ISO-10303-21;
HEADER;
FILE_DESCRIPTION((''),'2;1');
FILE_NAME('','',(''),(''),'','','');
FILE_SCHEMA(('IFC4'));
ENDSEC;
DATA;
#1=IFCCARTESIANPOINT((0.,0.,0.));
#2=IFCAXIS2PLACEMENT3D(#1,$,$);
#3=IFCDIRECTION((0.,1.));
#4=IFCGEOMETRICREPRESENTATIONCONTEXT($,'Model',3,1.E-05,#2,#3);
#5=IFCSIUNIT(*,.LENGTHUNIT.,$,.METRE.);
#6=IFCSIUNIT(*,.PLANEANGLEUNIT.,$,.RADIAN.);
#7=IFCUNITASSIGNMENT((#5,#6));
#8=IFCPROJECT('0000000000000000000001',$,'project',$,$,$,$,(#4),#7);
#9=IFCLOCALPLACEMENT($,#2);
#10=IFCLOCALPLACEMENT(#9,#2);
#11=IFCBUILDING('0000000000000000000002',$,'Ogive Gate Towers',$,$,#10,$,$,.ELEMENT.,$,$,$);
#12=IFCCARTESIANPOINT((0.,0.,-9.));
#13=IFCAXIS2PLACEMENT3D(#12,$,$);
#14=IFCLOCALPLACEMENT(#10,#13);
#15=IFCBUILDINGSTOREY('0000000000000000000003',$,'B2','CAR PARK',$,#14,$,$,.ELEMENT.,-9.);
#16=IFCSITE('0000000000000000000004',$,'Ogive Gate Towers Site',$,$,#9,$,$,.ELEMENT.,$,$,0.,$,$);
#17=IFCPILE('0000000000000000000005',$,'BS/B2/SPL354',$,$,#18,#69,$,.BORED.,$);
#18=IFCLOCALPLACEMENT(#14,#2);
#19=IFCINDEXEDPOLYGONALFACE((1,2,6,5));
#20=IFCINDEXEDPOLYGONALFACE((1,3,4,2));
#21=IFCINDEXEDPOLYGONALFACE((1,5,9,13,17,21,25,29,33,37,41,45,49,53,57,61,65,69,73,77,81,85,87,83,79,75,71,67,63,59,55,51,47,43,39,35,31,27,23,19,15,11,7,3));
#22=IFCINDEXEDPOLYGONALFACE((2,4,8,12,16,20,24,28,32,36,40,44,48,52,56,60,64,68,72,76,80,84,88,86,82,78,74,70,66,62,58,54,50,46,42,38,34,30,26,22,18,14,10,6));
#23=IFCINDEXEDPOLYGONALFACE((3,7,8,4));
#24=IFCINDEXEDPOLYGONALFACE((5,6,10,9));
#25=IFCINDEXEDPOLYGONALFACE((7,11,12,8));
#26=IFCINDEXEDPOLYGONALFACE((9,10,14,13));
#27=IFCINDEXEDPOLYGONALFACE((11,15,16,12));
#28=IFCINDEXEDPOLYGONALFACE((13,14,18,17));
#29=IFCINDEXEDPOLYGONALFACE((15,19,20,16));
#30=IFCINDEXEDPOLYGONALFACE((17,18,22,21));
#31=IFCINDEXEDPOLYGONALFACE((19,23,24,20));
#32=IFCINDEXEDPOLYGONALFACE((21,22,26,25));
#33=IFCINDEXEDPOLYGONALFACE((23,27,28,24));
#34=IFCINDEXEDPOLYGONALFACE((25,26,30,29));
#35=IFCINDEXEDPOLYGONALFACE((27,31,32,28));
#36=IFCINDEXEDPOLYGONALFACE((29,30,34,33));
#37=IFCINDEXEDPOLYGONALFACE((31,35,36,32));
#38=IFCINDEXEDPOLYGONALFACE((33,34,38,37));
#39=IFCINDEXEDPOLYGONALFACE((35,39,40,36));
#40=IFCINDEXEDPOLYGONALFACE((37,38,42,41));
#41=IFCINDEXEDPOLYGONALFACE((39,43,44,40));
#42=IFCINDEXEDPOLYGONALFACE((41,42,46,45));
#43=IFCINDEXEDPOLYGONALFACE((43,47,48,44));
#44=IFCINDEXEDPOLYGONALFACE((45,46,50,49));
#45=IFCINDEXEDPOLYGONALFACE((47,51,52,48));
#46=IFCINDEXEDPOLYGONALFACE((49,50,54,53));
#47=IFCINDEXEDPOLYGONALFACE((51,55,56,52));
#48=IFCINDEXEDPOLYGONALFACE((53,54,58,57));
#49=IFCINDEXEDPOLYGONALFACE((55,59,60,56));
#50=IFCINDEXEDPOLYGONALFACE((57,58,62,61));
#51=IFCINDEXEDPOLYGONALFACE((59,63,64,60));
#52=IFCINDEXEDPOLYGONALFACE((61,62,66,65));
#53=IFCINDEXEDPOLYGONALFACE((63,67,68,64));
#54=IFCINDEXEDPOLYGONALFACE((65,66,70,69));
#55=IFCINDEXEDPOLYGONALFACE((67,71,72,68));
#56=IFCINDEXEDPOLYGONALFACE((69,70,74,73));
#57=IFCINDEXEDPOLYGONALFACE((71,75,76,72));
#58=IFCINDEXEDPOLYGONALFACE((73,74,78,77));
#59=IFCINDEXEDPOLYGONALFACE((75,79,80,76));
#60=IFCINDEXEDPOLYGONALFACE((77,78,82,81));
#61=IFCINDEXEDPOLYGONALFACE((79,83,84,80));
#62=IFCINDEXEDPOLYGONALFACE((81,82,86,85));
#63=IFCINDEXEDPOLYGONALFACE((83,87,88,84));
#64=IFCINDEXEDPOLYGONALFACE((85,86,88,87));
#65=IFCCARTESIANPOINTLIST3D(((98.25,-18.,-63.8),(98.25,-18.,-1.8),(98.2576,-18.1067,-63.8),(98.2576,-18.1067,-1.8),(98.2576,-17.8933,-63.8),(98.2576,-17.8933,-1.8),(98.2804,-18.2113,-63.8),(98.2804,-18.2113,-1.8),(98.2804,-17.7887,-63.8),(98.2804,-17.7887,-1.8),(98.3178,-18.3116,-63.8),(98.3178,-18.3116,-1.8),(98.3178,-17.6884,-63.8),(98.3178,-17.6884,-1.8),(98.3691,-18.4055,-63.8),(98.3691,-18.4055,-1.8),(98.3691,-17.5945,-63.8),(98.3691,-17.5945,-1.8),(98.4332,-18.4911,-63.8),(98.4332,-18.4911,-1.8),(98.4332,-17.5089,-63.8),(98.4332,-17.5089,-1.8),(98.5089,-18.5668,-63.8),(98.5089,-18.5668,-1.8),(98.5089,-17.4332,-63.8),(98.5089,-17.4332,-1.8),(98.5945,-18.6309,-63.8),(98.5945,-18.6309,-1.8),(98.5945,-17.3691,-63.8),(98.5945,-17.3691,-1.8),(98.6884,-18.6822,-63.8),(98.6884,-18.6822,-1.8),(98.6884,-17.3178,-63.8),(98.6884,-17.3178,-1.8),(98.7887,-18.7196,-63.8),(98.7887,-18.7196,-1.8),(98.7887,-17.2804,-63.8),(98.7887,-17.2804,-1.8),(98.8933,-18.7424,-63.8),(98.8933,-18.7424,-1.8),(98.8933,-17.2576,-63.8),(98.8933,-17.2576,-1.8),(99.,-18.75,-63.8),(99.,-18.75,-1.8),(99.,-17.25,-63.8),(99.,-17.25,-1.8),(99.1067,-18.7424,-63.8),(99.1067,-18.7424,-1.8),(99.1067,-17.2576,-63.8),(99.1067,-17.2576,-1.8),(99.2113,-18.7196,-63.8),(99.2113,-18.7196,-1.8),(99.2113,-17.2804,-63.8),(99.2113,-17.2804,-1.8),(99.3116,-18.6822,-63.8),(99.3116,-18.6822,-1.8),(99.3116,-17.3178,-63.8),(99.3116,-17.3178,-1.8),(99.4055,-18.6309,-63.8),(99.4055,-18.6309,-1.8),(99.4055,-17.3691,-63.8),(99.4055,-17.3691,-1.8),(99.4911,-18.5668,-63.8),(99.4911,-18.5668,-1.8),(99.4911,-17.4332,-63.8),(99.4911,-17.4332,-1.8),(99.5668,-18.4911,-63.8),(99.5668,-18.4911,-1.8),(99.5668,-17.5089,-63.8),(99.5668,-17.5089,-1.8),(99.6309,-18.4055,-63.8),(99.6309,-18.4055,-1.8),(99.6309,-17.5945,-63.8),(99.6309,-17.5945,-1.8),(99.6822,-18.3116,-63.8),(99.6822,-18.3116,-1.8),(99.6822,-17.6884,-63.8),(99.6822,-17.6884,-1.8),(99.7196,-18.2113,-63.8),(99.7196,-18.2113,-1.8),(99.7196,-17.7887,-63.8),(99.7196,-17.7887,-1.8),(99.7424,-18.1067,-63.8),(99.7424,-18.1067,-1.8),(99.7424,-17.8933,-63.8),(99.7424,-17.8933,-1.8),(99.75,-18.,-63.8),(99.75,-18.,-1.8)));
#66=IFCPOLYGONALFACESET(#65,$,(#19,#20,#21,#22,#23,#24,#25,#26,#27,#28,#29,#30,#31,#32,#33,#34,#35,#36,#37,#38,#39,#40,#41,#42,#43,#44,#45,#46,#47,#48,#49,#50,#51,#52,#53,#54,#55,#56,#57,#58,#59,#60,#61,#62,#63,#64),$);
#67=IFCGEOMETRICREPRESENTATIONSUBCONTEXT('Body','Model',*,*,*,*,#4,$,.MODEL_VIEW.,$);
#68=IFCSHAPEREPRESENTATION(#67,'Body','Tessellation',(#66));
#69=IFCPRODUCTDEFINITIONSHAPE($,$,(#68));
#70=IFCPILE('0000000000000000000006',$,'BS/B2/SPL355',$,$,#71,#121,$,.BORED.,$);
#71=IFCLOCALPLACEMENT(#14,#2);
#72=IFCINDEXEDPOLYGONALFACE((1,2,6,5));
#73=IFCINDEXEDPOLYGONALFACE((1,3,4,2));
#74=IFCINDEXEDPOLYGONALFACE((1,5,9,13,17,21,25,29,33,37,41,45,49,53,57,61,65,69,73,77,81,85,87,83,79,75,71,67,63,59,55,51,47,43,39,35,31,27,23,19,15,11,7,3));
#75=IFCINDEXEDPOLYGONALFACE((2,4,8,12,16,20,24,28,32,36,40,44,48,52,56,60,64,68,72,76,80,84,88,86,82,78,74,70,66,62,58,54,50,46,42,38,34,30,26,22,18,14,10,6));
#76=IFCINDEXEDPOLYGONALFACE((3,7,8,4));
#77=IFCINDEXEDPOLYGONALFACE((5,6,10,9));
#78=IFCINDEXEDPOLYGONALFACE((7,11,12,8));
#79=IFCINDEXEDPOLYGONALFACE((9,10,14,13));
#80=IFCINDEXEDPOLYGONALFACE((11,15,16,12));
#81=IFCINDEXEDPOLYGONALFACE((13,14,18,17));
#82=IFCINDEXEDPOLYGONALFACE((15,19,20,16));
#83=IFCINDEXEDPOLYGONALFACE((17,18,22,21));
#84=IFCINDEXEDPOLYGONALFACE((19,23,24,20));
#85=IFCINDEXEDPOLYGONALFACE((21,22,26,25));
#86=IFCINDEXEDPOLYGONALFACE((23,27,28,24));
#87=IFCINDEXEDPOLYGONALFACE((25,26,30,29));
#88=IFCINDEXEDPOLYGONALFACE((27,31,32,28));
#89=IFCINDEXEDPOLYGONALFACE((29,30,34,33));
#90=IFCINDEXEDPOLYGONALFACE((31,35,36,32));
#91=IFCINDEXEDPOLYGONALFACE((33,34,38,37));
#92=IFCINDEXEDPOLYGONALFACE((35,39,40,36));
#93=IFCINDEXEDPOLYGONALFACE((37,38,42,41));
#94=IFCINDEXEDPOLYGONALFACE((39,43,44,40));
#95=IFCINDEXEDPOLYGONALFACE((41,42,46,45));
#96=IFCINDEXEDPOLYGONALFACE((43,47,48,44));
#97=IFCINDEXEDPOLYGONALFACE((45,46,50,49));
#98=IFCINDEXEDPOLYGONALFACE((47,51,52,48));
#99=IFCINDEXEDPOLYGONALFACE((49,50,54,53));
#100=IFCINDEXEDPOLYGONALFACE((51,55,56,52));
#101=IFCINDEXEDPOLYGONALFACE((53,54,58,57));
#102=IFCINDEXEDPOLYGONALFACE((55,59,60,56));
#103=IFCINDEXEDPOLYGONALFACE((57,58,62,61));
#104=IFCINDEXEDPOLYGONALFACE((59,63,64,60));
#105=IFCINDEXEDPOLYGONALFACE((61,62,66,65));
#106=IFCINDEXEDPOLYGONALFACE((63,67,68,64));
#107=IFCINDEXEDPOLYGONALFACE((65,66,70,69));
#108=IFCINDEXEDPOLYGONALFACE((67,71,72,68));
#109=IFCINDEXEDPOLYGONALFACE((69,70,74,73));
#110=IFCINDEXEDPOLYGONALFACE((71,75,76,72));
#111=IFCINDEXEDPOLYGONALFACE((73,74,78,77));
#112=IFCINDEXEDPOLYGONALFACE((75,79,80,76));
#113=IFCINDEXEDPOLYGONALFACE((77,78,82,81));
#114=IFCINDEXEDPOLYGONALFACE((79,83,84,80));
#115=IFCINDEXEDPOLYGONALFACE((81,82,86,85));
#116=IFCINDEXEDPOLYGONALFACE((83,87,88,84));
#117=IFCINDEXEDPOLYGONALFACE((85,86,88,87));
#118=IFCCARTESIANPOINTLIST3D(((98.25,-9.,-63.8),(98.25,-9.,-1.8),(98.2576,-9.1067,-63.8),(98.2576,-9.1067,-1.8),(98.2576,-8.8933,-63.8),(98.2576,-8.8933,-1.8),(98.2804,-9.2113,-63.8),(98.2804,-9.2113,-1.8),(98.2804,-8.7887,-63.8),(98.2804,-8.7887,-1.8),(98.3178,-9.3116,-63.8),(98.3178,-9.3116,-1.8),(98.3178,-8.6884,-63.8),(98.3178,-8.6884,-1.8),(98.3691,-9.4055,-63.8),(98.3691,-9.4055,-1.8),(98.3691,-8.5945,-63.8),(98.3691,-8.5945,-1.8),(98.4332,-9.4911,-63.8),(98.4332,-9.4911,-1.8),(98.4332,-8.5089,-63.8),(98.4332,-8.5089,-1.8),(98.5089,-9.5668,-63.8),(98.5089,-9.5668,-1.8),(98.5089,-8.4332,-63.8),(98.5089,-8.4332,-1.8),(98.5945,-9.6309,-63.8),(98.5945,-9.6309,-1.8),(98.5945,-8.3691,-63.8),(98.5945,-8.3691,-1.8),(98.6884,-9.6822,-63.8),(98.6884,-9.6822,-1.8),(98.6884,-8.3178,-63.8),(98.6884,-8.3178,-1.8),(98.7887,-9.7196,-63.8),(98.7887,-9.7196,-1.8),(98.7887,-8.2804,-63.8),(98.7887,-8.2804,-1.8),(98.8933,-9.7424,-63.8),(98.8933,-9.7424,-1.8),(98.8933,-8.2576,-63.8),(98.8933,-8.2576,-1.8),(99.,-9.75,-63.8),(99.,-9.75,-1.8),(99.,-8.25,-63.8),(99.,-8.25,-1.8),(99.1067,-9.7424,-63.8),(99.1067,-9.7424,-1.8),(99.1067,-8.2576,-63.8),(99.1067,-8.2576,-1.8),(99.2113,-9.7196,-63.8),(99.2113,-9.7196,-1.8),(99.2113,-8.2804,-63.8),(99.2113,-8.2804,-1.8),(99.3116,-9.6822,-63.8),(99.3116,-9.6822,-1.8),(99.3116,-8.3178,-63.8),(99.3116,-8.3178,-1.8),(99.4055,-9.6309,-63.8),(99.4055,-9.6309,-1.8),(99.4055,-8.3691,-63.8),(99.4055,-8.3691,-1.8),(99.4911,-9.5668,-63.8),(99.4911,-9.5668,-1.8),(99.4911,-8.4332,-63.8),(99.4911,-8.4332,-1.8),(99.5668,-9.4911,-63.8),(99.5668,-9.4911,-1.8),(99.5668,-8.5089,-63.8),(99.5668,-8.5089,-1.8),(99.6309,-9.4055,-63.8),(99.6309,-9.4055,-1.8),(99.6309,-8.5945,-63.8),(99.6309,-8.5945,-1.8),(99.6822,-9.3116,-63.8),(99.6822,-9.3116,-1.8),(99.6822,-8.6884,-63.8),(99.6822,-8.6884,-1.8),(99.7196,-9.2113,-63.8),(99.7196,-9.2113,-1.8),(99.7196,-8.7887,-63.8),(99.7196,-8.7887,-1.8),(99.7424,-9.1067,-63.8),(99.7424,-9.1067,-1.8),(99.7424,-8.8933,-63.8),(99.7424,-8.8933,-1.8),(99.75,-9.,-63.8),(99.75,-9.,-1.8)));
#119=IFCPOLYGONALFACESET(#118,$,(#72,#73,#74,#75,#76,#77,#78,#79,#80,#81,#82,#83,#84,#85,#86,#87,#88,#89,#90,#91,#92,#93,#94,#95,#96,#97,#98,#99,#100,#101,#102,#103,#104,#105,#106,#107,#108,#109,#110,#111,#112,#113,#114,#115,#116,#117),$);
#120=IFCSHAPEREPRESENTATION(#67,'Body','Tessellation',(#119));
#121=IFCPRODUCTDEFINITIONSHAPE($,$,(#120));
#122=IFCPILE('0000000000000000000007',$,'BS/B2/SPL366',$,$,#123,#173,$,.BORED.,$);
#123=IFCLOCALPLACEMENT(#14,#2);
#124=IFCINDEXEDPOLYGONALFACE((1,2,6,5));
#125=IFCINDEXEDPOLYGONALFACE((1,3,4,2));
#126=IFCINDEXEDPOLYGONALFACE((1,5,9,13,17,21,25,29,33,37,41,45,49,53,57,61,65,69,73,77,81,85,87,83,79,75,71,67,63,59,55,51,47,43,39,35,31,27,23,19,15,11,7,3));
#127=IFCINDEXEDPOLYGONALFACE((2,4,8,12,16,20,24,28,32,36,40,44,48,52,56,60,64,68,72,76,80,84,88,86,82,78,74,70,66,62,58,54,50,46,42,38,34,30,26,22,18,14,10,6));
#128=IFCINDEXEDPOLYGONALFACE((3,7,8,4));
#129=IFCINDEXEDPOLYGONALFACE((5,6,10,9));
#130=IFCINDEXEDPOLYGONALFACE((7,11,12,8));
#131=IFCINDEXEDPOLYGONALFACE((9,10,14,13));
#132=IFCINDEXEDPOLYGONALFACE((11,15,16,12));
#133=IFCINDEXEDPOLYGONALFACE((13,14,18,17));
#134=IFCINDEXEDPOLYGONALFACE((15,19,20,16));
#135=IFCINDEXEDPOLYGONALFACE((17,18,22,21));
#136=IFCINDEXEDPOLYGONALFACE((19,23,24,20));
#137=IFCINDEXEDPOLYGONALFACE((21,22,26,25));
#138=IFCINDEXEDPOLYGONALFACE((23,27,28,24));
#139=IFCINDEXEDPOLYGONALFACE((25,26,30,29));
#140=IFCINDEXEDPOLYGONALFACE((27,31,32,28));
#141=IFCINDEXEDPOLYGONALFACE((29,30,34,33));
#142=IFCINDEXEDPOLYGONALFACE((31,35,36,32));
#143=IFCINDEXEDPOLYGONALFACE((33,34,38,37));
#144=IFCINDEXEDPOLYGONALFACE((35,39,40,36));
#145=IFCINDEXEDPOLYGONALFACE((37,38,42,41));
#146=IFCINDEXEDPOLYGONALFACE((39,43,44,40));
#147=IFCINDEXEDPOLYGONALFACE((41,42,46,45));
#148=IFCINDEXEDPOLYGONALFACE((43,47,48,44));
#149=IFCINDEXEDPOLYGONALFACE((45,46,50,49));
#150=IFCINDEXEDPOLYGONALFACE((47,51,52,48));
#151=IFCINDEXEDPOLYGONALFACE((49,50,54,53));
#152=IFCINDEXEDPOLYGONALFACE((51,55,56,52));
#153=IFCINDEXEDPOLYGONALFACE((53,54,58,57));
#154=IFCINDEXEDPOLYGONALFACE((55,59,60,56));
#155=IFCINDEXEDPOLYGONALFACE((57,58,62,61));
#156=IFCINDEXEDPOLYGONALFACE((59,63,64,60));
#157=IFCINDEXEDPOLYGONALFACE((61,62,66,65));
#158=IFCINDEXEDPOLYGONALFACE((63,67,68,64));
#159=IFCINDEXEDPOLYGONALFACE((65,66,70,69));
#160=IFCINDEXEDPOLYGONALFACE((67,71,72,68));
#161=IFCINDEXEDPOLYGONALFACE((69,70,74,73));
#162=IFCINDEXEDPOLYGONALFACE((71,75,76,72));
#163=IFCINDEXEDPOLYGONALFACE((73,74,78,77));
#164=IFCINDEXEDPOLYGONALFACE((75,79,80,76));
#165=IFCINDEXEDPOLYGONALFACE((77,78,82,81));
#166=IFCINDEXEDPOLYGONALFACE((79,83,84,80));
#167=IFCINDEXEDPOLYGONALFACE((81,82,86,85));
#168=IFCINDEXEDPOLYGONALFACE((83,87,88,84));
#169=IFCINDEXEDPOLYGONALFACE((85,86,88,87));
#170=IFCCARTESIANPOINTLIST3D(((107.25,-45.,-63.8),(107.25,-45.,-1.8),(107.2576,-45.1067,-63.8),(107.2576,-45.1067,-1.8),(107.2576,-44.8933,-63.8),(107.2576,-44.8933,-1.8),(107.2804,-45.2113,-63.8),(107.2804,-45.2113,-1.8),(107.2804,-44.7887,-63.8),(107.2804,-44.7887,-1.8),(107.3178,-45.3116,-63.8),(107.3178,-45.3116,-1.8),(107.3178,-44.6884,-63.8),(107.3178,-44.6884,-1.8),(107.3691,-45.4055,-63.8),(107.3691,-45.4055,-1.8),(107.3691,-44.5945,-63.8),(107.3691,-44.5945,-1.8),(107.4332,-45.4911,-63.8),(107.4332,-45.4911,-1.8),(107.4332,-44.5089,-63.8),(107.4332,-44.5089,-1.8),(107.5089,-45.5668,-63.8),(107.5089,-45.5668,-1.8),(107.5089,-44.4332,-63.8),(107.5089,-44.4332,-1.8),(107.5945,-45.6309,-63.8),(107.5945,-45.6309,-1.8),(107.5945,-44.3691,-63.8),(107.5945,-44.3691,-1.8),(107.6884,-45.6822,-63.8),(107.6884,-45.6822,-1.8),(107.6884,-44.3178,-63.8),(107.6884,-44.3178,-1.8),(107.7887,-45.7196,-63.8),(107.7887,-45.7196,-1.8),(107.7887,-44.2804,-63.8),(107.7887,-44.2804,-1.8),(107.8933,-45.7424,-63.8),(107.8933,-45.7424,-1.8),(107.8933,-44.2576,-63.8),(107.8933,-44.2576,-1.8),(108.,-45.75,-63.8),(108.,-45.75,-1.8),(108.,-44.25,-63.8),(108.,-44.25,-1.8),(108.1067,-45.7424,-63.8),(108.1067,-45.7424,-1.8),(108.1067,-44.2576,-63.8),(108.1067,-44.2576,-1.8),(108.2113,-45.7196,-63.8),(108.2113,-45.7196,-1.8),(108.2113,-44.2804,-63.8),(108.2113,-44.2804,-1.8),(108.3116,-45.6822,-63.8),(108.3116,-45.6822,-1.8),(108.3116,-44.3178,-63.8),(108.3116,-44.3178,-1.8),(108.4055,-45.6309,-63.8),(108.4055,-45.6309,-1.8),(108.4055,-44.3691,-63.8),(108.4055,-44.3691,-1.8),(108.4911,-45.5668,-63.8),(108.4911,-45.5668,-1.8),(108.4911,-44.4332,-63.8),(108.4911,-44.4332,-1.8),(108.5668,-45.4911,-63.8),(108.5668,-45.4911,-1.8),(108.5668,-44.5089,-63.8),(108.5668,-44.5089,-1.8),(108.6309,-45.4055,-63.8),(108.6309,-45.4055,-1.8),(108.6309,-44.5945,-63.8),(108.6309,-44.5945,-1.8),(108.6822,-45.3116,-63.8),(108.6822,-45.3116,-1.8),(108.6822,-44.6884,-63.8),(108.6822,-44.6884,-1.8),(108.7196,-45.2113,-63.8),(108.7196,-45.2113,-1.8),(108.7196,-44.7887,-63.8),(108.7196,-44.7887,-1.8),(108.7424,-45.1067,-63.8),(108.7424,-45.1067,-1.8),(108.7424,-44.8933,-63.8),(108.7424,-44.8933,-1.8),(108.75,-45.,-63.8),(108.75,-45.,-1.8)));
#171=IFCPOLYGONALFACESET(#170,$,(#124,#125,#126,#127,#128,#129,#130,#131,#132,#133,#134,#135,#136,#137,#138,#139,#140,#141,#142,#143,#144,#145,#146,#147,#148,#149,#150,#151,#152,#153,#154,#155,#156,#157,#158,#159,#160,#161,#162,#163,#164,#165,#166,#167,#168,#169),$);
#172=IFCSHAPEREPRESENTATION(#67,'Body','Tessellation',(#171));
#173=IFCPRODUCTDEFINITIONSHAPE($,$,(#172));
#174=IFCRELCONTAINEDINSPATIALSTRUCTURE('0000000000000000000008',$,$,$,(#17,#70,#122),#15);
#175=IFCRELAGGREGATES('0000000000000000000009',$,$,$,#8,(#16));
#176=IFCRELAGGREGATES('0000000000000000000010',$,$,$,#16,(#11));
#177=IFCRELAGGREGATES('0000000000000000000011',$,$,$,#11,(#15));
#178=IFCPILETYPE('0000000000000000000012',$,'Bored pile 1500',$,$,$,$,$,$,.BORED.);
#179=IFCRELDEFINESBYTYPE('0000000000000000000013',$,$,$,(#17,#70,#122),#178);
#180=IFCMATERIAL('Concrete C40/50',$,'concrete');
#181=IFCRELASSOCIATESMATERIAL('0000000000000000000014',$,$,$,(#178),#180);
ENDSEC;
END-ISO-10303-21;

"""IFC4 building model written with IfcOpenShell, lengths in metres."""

from ifc_helpers import new_model, si_unit, direction, frame, origin, origin_2d, place, context, subcontext, project, spatial, circle, extrude, material, material_profile, profile_set, type_object, element, save


model = new_model("IFC4")

# Units and contexts
model_context = context("Model", 3, precision=1e-05, world=origin(), true_north=direction((0.0, 1.0)))
body_context = subcontext(model_context, "Body", "Model", "MODEL_VIEW")
ifc_project = project(units=[si_unit("LENGTHUNIT", "METRE"), si_unit("PLANEANGLEUNIT", "RADIAN")], contexts=[model_context])

# Site, building, storey
site_placement = place(None, origin())
site = spatial("IfcSite", under=ifc_project, at=site_placement, Name="Ogive Gate Towers Site", CompositionType="ELEMENT", RefElevation=0.0)
building_placement = place(site_placement, origin())
building = spatial("IfcBuilding", under=site, at=building_placement, Name="Ogive Gate Towers", CompositionType="ELEMENT")
storey_placement = place(building_placement, frame((0.0, 0.0, -9.0)))
storey = spatial("IfcBuildingStorey", under=building, at=storey_placement, Name="B2", Description="CAR PARK", CompositionType="ELEMENT", Elevation=-9.0)

# Piles
ifc_material_1 = material(Name="Concrete C40/50", Category="concrete")
ifc_material_profile_1 = material_profile(ifc_material_1, circle(Radius=0.75, at=origin_2d()), Name="BP 1500")
ifc_profile_set_1 = profile_set([ifc_material_profile_1], Name="Concrete C40/50")
pile_type = type_object("IfcPileType", Name="Bored pile 1500", PredefinedType="BORED", material=ifc_profile_set_1)
for number, where, z_axis, x_axis, name in (
    (1, (99.0, -18.0, -1.8), (0.0, 0.0, -1.0), (1.0, 0.0, 0.0), "BS/B2/SPL354"),
    (2, (99.0, -9.0, -1.8), (0.0, 0.0, -1.0), (1.0, 0.0, 0.0), "BS/B2/SPL355"),
    (3, (108.0, -45.0, -1.8), (0.0, 0.0, -1.0), (1.0, 0.0, 0.0), "BS/B2/SPL366"),
):
    element("IfcPile", number, at=place(storey_placement, frame(where, z_axis=z_axis, x_axis=x_axis)), inside=storey, type_object=pile_type, Name=name, PredefinedType="BORED", context=body_context, shape_type="SweptSolid", body=[
        extrude(circle(Radius=0.75, at=origin_2d()), origin(), (0.0, 0.0, 1.0), 62.0),
    ])

save(model, "model.ifc")
